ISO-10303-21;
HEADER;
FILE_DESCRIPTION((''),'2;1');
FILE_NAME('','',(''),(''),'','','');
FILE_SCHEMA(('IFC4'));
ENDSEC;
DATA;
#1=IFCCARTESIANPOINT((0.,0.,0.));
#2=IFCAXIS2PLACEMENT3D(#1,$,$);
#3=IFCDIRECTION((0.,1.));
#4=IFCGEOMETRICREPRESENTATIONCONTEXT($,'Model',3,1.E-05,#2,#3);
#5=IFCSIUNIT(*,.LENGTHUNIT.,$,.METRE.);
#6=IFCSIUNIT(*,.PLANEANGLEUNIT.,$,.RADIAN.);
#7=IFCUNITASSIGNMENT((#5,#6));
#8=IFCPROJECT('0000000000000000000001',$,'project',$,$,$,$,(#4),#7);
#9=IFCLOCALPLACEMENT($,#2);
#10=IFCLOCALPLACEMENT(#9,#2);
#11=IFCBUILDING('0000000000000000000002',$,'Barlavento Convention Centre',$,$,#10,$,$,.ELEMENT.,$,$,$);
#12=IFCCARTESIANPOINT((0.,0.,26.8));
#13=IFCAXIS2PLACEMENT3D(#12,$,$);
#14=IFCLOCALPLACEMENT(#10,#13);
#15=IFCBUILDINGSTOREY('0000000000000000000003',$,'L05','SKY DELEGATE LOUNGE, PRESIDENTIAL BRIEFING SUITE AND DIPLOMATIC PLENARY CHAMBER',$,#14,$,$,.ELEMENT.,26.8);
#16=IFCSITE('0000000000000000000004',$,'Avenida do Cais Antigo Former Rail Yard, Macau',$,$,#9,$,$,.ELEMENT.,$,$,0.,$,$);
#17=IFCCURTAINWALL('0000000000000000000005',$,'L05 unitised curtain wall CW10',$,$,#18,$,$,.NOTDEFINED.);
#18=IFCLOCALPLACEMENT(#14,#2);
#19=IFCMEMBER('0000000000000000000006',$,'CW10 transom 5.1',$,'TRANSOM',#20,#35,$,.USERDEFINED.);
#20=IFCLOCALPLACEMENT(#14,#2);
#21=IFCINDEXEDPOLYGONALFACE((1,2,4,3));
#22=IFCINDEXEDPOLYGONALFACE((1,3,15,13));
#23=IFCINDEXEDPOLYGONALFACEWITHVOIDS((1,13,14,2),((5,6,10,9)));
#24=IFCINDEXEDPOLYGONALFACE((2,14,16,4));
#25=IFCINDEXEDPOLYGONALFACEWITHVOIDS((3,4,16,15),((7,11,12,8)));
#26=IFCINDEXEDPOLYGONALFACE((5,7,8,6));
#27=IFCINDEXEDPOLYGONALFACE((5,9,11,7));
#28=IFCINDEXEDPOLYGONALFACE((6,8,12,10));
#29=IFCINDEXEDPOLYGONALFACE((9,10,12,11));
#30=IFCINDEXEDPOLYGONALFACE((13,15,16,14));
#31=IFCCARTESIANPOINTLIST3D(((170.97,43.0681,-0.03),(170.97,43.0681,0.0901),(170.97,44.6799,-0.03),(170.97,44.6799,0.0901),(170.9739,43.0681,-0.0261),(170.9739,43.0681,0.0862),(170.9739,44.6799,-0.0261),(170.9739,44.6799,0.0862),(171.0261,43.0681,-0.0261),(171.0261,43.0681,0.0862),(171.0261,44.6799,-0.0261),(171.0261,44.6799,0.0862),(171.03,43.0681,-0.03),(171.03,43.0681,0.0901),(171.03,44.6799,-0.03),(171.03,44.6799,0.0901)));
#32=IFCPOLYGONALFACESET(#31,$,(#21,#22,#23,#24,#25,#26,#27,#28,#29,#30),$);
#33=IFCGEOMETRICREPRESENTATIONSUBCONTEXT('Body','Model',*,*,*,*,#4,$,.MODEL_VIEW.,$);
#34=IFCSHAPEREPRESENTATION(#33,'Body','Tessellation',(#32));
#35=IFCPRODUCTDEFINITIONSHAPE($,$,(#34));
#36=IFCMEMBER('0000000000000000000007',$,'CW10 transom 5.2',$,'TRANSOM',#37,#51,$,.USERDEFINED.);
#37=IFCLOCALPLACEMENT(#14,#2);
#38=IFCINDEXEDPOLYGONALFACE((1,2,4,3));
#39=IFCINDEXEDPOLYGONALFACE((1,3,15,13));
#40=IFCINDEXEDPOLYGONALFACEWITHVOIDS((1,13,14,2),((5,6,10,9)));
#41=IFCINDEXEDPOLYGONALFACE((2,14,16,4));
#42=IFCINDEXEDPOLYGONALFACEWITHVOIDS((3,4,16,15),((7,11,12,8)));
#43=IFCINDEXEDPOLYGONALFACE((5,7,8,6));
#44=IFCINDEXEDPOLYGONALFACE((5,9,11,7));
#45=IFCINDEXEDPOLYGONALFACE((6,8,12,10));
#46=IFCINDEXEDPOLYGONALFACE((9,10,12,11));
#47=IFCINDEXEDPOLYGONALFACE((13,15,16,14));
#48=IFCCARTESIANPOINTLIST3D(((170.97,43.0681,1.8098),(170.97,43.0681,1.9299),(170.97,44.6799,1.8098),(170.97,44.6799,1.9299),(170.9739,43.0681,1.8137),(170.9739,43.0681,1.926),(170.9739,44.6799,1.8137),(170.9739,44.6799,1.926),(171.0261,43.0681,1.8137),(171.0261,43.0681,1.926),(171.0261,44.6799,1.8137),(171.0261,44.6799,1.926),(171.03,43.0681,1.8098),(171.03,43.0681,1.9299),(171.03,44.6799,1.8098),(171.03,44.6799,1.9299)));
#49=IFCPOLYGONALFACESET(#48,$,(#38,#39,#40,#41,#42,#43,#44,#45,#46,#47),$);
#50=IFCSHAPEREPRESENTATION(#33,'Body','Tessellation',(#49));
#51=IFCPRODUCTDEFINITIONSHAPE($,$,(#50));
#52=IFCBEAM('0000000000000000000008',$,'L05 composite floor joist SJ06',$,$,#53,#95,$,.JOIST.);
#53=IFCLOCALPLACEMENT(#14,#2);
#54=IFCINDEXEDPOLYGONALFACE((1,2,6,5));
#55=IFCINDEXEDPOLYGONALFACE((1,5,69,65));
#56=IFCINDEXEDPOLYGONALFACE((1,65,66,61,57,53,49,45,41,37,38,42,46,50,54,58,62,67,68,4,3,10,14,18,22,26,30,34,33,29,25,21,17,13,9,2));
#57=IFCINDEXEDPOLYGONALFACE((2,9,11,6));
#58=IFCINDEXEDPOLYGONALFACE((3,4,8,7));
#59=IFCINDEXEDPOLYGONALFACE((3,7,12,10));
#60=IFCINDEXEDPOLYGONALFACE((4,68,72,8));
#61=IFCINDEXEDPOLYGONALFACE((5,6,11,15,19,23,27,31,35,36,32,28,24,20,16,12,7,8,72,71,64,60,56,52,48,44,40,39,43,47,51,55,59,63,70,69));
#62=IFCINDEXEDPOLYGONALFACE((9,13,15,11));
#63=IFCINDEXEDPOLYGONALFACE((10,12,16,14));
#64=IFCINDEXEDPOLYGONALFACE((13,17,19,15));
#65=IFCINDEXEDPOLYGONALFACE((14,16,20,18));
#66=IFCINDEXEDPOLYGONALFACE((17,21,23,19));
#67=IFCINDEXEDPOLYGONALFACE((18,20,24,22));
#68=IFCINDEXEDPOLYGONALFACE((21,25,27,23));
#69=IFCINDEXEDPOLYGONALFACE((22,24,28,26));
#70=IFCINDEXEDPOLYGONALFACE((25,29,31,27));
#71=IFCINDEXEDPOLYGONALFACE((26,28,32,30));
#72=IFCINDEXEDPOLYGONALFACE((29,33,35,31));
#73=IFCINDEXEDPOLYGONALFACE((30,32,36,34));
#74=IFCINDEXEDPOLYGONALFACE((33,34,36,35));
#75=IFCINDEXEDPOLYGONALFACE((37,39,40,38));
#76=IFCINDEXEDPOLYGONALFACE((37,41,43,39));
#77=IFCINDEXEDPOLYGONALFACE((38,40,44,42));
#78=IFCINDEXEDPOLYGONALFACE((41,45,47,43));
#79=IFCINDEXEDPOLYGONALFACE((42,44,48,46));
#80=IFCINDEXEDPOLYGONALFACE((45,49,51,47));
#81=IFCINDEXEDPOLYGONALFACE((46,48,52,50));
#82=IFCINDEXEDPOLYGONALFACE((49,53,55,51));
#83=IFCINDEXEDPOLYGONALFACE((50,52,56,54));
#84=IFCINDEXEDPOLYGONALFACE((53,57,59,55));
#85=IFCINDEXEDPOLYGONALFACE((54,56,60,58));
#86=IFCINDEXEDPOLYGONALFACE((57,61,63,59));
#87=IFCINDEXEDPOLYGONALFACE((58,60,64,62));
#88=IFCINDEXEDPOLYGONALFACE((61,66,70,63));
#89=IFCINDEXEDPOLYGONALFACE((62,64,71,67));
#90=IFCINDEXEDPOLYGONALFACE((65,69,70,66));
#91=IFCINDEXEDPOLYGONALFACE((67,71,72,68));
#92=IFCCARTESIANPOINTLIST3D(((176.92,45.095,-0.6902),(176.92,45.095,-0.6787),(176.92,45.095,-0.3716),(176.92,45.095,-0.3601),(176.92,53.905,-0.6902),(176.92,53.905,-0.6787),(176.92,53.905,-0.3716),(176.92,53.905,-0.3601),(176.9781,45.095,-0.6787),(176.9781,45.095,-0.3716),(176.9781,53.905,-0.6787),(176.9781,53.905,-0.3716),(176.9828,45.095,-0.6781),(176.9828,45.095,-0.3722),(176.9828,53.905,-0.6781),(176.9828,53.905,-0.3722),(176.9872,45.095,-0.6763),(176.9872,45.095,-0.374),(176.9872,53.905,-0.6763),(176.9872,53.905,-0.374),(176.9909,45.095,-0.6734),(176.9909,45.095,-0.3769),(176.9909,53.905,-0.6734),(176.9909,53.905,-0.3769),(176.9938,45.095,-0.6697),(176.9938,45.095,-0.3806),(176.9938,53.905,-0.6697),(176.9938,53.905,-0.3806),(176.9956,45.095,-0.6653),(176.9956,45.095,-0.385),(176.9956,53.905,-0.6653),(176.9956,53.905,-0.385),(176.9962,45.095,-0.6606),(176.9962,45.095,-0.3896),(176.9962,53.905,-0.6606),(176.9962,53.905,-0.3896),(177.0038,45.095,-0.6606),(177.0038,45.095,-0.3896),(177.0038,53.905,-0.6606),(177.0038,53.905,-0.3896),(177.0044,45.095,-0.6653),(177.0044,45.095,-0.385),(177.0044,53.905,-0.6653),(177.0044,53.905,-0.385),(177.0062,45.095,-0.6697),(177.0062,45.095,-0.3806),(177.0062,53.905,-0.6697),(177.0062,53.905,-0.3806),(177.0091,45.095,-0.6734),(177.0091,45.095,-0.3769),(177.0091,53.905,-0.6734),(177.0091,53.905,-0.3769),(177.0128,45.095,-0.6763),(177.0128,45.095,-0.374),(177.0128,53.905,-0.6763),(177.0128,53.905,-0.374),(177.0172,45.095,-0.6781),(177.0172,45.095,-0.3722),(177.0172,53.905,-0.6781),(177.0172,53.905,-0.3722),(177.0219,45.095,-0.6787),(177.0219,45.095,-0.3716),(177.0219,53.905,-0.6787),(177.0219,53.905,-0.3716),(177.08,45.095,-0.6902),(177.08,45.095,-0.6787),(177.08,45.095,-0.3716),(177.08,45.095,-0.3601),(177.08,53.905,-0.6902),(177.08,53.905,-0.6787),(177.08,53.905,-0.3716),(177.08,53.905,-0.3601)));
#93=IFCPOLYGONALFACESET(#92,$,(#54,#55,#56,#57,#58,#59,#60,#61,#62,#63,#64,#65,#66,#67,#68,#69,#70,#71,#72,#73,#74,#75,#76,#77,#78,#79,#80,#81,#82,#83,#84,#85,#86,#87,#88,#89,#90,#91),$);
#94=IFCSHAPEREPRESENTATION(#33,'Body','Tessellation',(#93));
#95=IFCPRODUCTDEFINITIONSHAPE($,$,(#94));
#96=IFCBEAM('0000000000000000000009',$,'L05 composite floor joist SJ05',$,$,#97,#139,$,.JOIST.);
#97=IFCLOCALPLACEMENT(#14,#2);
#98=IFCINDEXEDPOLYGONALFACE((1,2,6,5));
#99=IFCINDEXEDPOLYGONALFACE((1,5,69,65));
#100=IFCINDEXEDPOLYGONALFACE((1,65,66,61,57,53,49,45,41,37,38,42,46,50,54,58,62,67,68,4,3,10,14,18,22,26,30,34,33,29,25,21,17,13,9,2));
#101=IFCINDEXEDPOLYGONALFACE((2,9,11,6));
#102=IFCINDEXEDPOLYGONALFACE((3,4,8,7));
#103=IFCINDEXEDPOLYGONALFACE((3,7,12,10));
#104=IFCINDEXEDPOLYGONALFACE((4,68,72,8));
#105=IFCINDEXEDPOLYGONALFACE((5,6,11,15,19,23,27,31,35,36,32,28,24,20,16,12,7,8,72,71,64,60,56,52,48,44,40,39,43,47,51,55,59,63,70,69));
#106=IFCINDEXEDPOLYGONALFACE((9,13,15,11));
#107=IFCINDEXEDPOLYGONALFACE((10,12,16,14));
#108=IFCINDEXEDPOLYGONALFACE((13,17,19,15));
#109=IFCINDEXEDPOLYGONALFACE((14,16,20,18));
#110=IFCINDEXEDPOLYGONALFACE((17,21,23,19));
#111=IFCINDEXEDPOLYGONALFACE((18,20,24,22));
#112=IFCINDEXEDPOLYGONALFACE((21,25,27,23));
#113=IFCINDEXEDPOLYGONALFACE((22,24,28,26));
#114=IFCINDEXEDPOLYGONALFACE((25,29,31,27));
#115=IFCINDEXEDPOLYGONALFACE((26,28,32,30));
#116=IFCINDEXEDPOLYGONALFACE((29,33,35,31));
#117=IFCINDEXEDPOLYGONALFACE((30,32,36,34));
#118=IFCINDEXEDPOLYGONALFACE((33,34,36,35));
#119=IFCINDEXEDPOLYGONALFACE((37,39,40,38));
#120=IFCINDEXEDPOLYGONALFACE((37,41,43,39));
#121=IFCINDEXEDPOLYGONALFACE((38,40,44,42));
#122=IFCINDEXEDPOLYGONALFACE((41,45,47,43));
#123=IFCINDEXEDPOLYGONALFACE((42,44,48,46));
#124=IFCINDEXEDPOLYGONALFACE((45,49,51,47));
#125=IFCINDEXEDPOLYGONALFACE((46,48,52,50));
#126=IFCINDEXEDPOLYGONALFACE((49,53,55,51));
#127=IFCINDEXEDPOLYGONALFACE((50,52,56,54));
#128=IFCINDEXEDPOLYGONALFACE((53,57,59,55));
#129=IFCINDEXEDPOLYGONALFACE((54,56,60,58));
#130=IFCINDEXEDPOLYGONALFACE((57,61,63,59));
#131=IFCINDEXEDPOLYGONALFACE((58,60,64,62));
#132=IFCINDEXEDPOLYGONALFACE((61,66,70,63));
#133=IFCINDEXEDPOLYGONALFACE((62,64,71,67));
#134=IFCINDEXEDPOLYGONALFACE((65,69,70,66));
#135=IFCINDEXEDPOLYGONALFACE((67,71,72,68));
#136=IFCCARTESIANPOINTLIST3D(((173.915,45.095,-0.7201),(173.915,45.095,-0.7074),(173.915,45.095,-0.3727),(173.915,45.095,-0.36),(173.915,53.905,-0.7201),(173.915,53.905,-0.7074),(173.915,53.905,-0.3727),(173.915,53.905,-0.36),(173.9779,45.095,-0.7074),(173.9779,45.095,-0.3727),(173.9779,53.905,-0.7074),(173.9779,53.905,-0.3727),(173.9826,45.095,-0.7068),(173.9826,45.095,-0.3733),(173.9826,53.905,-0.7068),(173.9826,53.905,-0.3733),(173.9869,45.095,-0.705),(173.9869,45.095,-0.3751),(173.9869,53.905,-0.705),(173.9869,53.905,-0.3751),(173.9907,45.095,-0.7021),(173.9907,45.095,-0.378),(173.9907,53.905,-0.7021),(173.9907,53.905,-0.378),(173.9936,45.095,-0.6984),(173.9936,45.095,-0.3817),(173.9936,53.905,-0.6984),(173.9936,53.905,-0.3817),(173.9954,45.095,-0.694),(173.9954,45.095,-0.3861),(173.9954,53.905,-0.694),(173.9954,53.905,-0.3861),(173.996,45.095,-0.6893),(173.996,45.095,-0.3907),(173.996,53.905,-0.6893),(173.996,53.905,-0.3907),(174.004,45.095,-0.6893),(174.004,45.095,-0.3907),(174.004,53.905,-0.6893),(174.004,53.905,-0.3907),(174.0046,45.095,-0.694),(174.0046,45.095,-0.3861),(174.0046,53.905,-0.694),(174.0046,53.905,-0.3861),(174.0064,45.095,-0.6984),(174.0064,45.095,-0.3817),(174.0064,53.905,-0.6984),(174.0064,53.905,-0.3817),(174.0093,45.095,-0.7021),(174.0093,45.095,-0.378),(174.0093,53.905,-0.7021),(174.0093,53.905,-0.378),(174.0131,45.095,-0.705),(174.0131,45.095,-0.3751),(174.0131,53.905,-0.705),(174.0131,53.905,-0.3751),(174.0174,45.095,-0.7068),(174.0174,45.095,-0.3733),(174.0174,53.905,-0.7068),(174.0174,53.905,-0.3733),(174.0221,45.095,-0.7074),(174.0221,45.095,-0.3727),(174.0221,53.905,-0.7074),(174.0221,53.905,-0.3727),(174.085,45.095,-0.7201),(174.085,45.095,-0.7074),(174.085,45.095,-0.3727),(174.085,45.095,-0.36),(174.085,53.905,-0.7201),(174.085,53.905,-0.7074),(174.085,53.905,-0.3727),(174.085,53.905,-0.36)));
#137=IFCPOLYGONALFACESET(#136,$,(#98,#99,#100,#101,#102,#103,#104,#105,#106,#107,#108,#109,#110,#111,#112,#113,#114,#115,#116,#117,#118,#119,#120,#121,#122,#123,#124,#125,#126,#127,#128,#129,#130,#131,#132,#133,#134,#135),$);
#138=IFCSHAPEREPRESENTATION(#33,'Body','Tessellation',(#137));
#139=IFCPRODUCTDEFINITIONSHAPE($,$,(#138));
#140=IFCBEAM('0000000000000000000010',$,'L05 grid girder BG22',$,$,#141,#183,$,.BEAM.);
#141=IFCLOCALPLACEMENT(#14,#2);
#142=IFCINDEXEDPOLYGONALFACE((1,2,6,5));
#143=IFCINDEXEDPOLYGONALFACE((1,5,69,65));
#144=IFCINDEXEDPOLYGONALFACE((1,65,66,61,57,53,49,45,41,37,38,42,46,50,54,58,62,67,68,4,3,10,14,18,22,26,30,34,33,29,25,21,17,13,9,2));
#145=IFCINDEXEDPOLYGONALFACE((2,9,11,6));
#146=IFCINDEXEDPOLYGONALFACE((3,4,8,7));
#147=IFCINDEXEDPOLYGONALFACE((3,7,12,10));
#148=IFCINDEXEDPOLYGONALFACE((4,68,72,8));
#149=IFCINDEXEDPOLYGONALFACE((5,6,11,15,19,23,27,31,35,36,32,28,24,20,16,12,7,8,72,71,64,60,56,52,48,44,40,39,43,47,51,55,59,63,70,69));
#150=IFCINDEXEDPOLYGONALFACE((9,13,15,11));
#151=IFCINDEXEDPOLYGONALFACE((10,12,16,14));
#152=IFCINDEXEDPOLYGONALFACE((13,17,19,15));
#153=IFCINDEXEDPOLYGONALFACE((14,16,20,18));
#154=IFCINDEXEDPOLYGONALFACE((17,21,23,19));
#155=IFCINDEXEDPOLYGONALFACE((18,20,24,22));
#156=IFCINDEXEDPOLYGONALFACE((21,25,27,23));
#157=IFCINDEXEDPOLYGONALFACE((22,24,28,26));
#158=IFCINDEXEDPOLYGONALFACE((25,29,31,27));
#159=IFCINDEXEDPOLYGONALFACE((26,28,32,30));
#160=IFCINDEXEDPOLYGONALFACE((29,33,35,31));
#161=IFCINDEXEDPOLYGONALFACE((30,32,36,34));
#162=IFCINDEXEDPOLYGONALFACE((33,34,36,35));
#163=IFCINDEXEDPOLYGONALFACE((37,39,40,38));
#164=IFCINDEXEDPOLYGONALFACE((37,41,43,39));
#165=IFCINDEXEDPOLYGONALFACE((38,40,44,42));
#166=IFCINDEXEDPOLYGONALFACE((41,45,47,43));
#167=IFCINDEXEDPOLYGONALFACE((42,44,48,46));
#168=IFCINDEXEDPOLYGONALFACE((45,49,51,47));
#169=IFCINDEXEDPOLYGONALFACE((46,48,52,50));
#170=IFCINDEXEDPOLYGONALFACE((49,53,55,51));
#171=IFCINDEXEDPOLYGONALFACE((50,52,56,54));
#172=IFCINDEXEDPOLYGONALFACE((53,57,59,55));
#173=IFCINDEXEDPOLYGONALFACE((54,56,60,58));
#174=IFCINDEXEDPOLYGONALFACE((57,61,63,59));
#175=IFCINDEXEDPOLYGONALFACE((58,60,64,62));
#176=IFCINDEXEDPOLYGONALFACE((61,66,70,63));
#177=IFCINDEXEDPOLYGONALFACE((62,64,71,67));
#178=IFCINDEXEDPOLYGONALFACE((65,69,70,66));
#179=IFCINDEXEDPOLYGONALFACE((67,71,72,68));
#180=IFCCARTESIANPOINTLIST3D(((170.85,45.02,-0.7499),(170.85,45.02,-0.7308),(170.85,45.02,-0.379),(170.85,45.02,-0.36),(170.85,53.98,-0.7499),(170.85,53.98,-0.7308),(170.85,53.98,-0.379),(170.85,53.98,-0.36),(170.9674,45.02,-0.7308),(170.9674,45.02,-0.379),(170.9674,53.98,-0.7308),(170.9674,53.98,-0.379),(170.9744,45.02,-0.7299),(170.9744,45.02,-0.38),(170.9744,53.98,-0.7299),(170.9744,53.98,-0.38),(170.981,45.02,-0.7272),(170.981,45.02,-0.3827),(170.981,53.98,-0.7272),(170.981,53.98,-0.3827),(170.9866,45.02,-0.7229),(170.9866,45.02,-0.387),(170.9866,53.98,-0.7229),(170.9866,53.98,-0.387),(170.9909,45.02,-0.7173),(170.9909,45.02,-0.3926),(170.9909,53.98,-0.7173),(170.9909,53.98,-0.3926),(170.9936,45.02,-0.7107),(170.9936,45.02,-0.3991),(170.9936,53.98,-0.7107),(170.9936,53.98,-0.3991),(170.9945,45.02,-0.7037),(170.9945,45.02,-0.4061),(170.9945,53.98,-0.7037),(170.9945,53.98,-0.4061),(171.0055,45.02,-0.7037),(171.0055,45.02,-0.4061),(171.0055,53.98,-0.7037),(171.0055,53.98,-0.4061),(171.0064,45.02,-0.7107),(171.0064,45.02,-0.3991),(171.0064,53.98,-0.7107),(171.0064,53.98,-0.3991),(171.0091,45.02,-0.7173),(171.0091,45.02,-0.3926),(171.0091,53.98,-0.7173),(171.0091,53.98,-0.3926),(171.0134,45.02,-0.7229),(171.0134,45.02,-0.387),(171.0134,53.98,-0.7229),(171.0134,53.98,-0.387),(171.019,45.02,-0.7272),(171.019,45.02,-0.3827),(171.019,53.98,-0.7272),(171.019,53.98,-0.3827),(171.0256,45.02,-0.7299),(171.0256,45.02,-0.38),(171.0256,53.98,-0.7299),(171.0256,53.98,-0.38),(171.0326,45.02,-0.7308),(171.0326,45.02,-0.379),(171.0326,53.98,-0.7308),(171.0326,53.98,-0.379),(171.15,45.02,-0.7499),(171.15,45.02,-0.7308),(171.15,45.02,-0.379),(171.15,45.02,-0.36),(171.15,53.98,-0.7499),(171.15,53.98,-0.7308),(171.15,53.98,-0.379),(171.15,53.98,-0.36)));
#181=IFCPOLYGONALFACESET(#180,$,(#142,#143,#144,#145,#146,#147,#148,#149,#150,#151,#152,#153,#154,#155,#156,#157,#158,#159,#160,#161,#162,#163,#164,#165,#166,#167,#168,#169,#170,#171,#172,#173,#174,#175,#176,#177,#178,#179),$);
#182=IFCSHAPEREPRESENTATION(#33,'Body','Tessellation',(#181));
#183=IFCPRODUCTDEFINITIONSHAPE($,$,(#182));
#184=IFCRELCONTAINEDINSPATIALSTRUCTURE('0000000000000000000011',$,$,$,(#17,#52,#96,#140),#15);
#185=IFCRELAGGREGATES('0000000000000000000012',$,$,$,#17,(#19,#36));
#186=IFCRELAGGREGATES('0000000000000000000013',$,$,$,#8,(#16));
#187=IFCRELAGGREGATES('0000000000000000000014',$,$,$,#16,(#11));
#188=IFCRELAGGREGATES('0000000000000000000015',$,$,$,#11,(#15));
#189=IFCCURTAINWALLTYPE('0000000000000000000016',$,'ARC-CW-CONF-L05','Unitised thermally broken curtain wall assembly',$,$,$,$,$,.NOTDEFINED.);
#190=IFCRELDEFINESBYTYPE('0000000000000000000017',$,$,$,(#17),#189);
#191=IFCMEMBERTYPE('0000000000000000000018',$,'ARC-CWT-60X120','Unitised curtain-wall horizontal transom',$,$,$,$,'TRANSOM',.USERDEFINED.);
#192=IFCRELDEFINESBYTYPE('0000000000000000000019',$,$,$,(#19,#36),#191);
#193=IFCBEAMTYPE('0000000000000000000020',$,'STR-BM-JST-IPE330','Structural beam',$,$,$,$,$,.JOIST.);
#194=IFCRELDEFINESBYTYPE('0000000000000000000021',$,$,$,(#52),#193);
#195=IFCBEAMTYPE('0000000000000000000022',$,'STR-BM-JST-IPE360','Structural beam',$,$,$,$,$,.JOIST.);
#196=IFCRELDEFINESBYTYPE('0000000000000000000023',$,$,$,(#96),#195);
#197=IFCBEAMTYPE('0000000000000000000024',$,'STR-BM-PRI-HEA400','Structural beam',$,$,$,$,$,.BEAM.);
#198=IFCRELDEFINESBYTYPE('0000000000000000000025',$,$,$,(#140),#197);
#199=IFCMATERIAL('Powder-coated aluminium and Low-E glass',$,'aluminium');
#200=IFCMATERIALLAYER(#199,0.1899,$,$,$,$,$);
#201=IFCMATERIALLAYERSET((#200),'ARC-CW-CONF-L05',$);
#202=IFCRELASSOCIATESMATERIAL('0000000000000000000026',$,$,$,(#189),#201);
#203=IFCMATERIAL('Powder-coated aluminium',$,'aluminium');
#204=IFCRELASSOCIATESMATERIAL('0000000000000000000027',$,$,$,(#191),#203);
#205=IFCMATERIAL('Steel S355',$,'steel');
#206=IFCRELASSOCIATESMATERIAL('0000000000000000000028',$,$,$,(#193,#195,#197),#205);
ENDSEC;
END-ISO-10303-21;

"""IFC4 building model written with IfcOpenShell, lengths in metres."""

from ifc_helpers import new_model, si_unit, direction, frame, origin, origin_2d, place, context, subcontext, project, spatial, hollow_rectangle, i_section, extrude, material, layer, layer_set, material_profile, profile_set, type_object, element, aggregate, save


model = new_model("IFC4")

# Units and contexts
model_context = context("Model", 3, precision=1e-05, world=origin(), true_north=direction((0.0, 1.0)))
body_context = subcontext(model_context, "Body", "Model", "MODEL_VIEW")
ifc_project = project(units=[si_unit("LENGTHUNIT", "METRE"), si_unit("PLANEANGLEUNIT", "RADIAN")], contexts=[model_context])

# Site, building, storey
site_placement = place(None, origin())
site = spatial("IfcSite", under=ifc_project, at=site_placement, Name="Avenida do Cais Antigo Former Rail Yard, Macau", CompositionType="ELEMENT", RefElevation=0.0)
building_placement = place(site_placement, origin())
building = spatial("IfcBuilding", under=site, at=building_placement, Name="Barlavento Convention Centre", CompositionType="ELEMENT")
storey_placement = place(building_placement, frame((0.0, 0.0, 26.8)))
storey = spatial("IfcBuildingStorey", under=building, at=storey_placement, Name="L05", Description="SKY DELEGATE LOUNGE, PRESIDENTIAL BRIEFING SUITE AND DIPLOMATIC PLENARY CHAMBER", CompositionType="ELEMENT", Elevation=26.8)

# Shared definitions
ifc_material_1 = material(Name="Steel S355", Category="steel")

# Curtain wall, members
ifc_material_2 = material(Name="Powder-coated aluminium and Low-E glass", Category="aluminium")
ifc_layer_1 = layer(ifc_material_2, 0.1899)
ifc_layer_set_1 = layer_set([ifc_layer_1], Name="ARC-CW-CONF-L05")
curtain_wall_type = type_object("IfcCurtainWallType", Name="ARC-CW-CONF-L05", Description="Unitised thermally broken curtain wall assembly", PredefinedType="NOTDEFINED", material=ifc_layer_set_1)
curtain_wall_placement = place(storey_placement, origin())
curtain_wall = element("IfcCurtainWall", 1, at=curtain_wall_placement, inside=storey, type_object=curtain_wall_type, Name="L05 unitised curtain wall CW10", PredefinedType="NOTDEFINED")
ifc_material_3 = material(Name="Powder-coated aluminium", Category="aluminium")
ifc_material_profile_1 = material_profile(ifc_material_3, hollow_rectangle(XDim=0.0601, YDim=0.1201, WallThickness=0.0039, at=origin_2d()), Name="AL-TRAN 60x120x4")
ifc_profile_set_1 = profile_set([ifc_material_profile_1], Name="Powder-coated aluminium")
member_type_1 = type_object("IfcMemberType", Name="ARC-CWT-60X120", Description="Unitised curtain-wall horizontal transom", ElementType="TRANSOM", PredefinedType="USERDEFINED", material=ifc_profile_set_1)
member_1_placement = place(storey_placement, frame((171.0, 43.0681, 0.03), z_axis=(0.0, 1.0, 0.0), x_axis=(-1.0, 0.0, 0.0)))
member_1 = element("IfcMember", 2, at=member_1_placement, type_object=member_type_1, Name="CW10 transom 5.1", ObjectType="TRANSOM", PredefinedType="USERDEFINED", context=body_context, shape_type="SweptSolid", body=[
    extrude(hollow_rectangle(XDim=0.0601, YDim=0.1201, WallThickness=0.0039, at=origin_2d()), origin(), (0.0, 0.0, 1.0), 1.6118),
])
member_2_placement = place(storey_placement, frame((171.0, 43.0681, 1.8699), z_axis=(0.0, 1.0, 0.0), x_axis=(-1.0, 0.0, 0.0)))
member_2 = element("IfcMember", 3, at=member_2_placement, type_object=member_type_1, Name="CW10 transom 5.2", ObjectType="TRANSOM", PredefinedType="USERDEFINED", context=body_context, shape_type="SweptSolid", body=[
    extrude(hollow_rectangle(XDim=0.0601, YDim=0.1201, WallThickness=0.0039, at=origin_2d()), origin(), (0.0, 0.0, 1.0), 1.6118),
])

# Beams
ifc_material_profile_2 = material_profile(ifc_material_1, i_section(OverallWidth=0.1599, OverallDepth=0.3301, WebThickness=0.0076, FlangeThickness=0.0115, FilletRadius=0.0181, at=origin_2d()), Name="IPE 330")
ifc_profile_set_2 = profile_set([ifc_material_profile_2], Name="Steel S355")
beam_type_1 = type_object("IfcBeamType", Name="STR-BM-JST-IPE330", Description="Structural beam", PredefinedType="JOIST", material=ifc_profile_set_2)
beam_1_placement = place(storey_placement, frame((177.0, 45.095, -0.5251), z_axis=(0.0, 1.0, 0.0), x_axis=(-1.0, 0.0, 0.0)))
element("IfcBeam", 4, at=beam_1_placement, inside=storey, type_object=beam_type_1, Name="L05 composite floor joist SJ06", PredefinedType="JOIST", context=body_context, shape_type="SweptSolid", body=[
    extrude(i_section(OverallWidth=0.1599, OverallDepth=0.3301, WebThickness=0.0076, FlangeThickness=0.0115, FilletRadius=0.0181, at=origin_2d()), origin(), (0.0, 0.0, 1.0), 8.8101),
])
ifc_material_profile_3 = material_profile(ifc_material_1, i_section(OverallWidth=0.1699, OverallDepth=0.3601, WebThickness=0.0081, FlangeThickness=0.0127, FilletRadius=0.0181, at=origin_2d()), Name="IPE 360")
ifc_profile_set_3 = profile_set([ifc_material_profile_3], Name="Steel S355")
beam_type_2 = type_object("IfcBeamType", Name="STR-BM-JST-IPE360", Description="Structural beam", PredefinedType="JOIST", material=ifc_profile_set_3)
beam_2_placement = place(storey_placement, frame((174.0, 45.095, -0.54), z_axis=(0.0, 1.0, 0.0), x_axis=(-1.0, 0.0, 0.0)))
element("IfcBeam", 5, at=beam_2_placement, inside=storey, type_object=beam_type_2, Name="L05 composite floor joist SJ05", PredefinedType="JOIST", context=body_context, shape_type="SweptSolid", body=[
    extrude(i_section(OverallWidth=0.1699, OverallDepth=0.3601, WebThickness=0.0081, FlangeThickness=0.0127, FilletRadius=0.0181, at=origin_2d()), origin(), (0.0, 0.0, 1.0), 8.8101),
])
ifc_material_profile_4 = material_profile(ifc_material_1, i_section(OverallWidth=0.3, OverallDepth=0.3899, WebThickness=0.011, FlangeThickness=0.019, FilletRadius=0.0271, at=origin_2d()), Name="HEA 400")
ifc_profile_set_4 = profile_set([ifc_material_profile_4], Name="Steel S355")
beam_type_3 = type_object("IfcBeamType", Name="STR-BM-PRI-HEA400", Description="Structural beam", PredefinedType="BEAM", material=ifc_profile_set_4)
beam_3_placement = place(storey_placement, frame((171.0, 45.02, -0.5549), z_axis=(0.0, 1.0, 0.0), x_axis=(-1.0, 0.0, 0.0)))
element("IfcBeam", 6, at=beam_3_placement, inside=storey, type_object=beam_type_3, Name="L05 grid girder BG22", PredefinedType="BEAM", context=body_context, shape_type="SweptSolid", body=[
    extrude(i_section(OverallWidth=0.3, OverallDepth=0.3899, WebThickness=0.011, FlangeThickness=0.019, FilletRadius=0.0271, at=origin_2d()), origin(), (0.0, 0.0, 1.0), 8.96),
])

aggregate(curtain_wall, [member_1, member_2])

save(model, "model.ifc")
